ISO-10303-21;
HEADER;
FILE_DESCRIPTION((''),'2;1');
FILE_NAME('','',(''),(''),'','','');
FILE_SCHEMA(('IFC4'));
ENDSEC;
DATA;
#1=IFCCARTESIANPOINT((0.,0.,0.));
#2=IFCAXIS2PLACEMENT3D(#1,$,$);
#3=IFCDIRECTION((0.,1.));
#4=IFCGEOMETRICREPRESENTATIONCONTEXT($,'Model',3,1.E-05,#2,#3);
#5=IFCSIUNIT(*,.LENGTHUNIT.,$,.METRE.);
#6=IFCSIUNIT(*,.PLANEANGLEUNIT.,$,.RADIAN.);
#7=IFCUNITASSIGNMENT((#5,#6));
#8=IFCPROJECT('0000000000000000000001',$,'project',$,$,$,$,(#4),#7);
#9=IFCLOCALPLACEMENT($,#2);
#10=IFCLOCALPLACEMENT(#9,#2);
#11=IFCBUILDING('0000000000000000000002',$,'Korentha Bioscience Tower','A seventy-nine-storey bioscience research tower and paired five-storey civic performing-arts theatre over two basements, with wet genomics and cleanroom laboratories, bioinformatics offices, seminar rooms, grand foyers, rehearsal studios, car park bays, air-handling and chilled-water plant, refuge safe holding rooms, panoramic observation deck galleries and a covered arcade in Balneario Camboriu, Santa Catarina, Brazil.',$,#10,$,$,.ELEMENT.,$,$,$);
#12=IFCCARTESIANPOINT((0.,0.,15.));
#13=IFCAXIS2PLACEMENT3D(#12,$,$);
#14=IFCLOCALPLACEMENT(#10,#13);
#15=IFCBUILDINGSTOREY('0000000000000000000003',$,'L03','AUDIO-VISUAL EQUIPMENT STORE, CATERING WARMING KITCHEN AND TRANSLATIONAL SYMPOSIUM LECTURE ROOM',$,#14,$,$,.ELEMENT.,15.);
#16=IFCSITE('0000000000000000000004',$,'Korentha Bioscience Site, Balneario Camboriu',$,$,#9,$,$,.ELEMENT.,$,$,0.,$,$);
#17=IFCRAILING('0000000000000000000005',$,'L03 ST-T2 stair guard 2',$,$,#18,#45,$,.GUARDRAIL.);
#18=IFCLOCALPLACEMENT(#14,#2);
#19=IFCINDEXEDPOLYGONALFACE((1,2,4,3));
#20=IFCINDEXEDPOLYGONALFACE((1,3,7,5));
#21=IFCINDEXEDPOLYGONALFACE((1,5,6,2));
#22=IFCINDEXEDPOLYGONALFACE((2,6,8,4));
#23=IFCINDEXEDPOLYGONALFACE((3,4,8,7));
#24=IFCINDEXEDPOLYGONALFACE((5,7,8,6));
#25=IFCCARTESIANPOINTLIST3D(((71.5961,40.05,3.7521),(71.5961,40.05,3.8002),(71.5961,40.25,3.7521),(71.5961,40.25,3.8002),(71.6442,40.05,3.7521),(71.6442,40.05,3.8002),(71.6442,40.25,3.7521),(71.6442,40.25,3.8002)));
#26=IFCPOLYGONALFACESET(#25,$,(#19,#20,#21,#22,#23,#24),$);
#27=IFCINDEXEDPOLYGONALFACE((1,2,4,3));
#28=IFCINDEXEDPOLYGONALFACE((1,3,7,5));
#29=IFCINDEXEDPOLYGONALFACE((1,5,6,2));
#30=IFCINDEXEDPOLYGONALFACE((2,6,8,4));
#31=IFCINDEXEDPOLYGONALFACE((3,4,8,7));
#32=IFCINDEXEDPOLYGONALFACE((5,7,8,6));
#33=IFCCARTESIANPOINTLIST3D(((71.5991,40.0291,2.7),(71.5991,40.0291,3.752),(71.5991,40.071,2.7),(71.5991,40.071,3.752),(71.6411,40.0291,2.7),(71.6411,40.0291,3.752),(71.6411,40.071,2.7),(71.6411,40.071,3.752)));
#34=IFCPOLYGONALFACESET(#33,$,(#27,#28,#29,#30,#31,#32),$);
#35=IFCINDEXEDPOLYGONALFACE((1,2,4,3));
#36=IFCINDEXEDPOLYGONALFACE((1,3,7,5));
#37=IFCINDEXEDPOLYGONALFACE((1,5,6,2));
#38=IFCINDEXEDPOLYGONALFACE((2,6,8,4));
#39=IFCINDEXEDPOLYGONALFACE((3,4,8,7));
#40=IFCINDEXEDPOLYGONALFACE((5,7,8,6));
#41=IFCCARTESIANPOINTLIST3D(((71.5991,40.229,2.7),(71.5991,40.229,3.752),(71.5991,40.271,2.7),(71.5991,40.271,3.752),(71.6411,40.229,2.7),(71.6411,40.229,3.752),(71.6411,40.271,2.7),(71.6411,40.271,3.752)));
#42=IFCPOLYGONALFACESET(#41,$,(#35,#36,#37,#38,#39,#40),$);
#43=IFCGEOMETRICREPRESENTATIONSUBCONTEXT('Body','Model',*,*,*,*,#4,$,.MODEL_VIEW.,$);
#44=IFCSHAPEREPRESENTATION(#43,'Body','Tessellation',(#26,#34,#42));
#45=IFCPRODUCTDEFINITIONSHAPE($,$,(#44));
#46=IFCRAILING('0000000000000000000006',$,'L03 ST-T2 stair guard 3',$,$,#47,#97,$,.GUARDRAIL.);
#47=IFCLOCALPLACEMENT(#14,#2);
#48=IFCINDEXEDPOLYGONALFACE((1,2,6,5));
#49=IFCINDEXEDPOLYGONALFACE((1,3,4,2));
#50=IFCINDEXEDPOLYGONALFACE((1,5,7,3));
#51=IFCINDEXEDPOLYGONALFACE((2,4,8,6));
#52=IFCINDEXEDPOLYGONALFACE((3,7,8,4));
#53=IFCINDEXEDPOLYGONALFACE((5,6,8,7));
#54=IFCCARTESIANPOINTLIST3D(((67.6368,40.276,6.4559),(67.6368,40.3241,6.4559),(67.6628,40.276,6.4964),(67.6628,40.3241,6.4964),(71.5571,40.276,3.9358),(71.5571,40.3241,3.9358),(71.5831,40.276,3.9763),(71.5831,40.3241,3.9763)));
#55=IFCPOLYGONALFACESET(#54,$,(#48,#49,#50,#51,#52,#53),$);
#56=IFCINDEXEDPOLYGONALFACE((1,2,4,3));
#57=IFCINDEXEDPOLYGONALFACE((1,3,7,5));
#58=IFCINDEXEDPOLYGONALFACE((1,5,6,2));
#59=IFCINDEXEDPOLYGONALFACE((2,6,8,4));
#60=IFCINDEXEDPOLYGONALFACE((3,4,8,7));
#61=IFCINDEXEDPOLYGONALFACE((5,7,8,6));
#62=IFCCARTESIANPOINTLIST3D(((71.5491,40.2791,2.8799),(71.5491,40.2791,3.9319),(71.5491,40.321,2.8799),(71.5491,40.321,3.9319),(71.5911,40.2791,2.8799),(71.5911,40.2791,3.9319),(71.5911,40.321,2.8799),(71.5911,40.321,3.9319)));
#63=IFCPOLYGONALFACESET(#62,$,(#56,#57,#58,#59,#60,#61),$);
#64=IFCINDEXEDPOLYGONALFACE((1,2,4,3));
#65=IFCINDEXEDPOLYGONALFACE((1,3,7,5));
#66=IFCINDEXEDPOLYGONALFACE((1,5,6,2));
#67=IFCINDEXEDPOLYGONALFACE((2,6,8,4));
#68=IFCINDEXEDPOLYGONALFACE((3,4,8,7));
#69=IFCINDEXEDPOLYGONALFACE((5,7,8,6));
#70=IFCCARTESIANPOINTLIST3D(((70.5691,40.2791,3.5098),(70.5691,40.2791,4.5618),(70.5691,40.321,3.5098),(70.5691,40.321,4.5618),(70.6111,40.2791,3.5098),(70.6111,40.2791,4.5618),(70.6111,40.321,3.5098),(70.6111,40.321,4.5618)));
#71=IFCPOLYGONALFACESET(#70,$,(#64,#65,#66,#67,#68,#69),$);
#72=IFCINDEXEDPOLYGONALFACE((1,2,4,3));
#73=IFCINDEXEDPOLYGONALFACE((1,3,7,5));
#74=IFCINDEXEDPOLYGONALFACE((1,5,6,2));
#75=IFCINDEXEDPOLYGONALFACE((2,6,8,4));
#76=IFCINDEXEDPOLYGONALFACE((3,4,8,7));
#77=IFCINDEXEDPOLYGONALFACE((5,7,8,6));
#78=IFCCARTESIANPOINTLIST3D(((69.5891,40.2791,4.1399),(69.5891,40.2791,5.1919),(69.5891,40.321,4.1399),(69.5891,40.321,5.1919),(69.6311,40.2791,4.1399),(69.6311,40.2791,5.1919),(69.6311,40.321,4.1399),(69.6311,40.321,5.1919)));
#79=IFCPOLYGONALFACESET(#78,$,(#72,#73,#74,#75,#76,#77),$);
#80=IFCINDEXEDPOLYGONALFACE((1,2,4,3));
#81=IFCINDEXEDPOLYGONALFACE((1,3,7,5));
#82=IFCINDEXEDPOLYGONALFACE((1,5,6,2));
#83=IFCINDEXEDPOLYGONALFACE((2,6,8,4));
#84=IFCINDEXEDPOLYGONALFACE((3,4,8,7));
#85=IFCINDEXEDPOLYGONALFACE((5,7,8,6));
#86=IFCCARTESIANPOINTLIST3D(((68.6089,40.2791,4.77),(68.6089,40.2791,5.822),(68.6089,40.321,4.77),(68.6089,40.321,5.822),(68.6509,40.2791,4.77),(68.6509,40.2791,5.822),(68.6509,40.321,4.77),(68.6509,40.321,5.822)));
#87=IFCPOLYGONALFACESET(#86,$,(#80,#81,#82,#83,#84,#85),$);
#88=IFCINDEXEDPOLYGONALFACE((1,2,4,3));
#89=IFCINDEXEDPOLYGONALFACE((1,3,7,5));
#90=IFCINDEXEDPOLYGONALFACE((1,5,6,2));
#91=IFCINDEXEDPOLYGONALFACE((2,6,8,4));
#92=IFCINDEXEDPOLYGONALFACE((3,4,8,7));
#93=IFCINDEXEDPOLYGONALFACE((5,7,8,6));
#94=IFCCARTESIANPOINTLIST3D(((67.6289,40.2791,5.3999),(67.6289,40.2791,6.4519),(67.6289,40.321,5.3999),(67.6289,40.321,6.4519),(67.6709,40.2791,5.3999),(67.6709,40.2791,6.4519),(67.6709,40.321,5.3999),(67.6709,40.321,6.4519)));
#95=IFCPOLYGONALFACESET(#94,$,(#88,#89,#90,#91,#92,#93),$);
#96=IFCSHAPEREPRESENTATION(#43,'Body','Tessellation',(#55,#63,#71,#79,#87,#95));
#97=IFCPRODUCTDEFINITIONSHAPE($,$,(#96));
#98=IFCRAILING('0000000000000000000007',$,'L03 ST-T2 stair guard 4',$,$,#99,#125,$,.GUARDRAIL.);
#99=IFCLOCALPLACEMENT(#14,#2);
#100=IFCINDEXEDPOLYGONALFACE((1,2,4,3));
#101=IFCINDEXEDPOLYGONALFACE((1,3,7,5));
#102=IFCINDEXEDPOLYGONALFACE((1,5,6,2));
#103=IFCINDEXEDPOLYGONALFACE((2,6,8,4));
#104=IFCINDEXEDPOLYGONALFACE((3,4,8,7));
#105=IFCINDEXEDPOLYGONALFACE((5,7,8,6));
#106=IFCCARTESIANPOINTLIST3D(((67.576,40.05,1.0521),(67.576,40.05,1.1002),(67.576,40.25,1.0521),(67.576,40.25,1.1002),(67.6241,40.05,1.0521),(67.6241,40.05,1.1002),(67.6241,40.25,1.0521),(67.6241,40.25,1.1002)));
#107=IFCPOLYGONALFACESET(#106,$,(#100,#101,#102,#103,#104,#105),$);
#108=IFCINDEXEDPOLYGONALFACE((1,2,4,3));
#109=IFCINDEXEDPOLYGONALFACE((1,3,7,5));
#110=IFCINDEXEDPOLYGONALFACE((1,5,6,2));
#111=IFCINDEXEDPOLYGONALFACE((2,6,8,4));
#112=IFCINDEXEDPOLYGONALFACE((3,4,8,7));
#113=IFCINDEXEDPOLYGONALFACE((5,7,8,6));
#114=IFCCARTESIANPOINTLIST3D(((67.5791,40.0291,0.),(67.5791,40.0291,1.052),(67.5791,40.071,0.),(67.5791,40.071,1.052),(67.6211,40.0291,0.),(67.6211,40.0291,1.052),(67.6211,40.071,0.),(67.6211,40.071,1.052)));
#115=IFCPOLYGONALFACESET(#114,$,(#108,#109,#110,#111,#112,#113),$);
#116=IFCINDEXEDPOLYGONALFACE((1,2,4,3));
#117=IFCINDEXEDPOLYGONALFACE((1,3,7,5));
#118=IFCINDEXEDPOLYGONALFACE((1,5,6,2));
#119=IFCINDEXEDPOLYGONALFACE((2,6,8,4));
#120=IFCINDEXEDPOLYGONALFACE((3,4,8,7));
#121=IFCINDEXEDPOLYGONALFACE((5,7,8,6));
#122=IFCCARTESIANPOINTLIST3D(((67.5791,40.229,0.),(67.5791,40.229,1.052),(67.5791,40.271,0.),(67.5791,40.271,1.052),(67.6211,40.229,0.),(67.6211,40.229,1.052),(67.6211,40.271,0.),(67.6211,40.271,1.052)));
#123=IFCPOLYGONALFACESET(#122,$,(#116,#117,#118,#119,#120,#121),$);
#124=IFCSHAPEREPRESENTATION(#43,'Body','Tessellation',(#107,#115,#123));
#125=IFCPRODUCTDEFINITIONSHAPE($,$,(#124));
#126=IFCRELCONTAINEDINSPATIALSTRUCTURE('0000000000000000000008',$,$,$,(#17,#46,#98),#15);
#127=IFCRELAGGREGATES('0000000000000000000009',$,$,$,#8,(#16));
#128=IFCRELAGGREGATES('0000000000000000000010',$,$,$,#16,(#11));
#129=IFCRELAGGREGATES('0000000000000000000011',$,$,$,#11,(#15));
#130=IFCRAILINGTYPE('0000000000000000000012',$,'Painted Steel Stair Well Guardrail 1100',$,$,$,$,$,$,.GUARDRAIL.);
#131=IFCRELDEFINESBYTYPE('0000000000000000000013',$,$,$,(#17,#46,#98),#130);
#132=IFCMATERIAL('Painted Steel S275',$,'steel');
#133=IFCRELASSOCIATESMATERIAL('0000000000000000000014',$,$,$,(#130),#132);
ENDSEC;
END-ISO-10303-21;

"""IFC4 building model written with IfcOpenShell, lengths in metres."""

from ifc_helpers import new_model, si_unit, direction, frame, origin, origin_2d, place, context, subcontext, project, spatial, rectangle, extrude, material, type_object, element, save


model = new_model("IFC4")

# Units and contexts
model_context = context("Model", 3, precision=1e-05, world=origin(), true_north=direction((0.0, 1.0)))
body_context = subcontext(model_context, "Body", "Model", "MODEL_VIEW")
ifc_project = project(units=[si_unit("LENGTHUNIT", "METRE"), si_unit("PLANEANGLEUNIT", "RADIAN")], contexts=[model_context])

# Site, building, storey
site_placement = place(None, origin())
site = spatial("IfcSite", under=ifc_project, at=site_placement, Name="Korentha Bioscience Site, Balneario Camboriu", CompositionType="ELEMENT", RefElevation=0.0)
building_placement = place(site_placement, origin())
building = spatial("IfcBuilding", under=site, at=building_placement, Name="Korentha Bioscience Tower", Description="A seventy-nine-storey bioscience research tower and paired five-storey civic performing-arts theatre over two basements, with wet genomics and cleanroom laboratories, bioinformatics offices, seminar rooms, grand foyers, rehearsal studios, car park bays, air-handling and chilled-water plant, refuge safe holding rooms, panoramic observation deck galleries and a covered arcade in Balneario Camboriu, Santa Catarina, Brazil.", CompositionType="ELEMENT")
storey_placement = place(building_placement, frame((0.0, 0.0, 15.0)))
storey = spatial("IfcBuildingStorey", under=building, at=storey_placement, Name="L03", Description="AUDIO-VISUAL EQUIPMENT STORE, CATERING WARMING KITCHEN AND TRANSLATIONAL SYMPOSIUM LECTURE ROOM", CompositionType="ELEMENT", Elevation=15.0)

# Railings
ifc_material_1 = material(Name="Painted Steel S275", Category="steel")
railing_type_1 = type_object("IfcRailingType", Name="Painted Steel Stair Well Guardrail 1100", PredefinedType="GUARDRAIL", material=ifc_material_1)
railing_1_placement = place(storey_placement, frame((71.6201, 40.05, 2.7)))
element("IfcRailing", 1, at=railing_1_placement, inside=storey, type_object=railing_type_1, Name="L03 ST-T2 stair guard 2", PredefinedType="GUARDRAIL", context=body_context, shape_type="SweptSolid", body=[
    extrude(rectangle(XDim=0.0481, YDim=0.0481, at=origin_2d()), frame((0.0, 0.0, 1.0762), z_axis=(0.0, 1.0, 0.0), x_axis=(-1.0, 0.0, 0.0)), (0.0, 0.0, 1.0), 0.2),
    extrude(rectangle(XDim=0.042, YDim=0.042, at=origin_2d()), origin(), (0.0, 0.0, 1.0), 1.052),
    extrude(rectangle(XDim=0.042, YDim=0.042, at=origin_2d()), frame((0.0, 0.2, 0.0)), (0.0, 0.0, 1.0), 1.052),
])
railing_2_placement = place(storey_placement, frame((71.5701, 40.3, 2.8799)))
element("IfcRailing", 2, at=railing_2_placement, inside=storey, type_object=railing_type_1, Name="L03 ST-T2 stair guard 3", PredefinedType="GUARDRAIL", context=body_context, shape_type="SweptSolid", body=[
    extrude(rectangle(XDim=0.0481, YDim=0.0481, at=origin_2d()), frame((0.0, 0.0, 1.0762), z_axis=(-0.841187, 0.0, 0.540744), x_axis=(0.0, -1.0, 0.0)), (0.0, 0.0, 1.0), 4.6604),
    extrude(rectangle(XDim=0.042, YDim=0.042, at=origin_2d()), origin(), (0.0, 0.0, 1.0), 1.052),
    extrude(rectangle(XDim=0.042, YDim=0.042, at=origin_2d()), frame((-0.98, 0.0, 0.6299)), (0.0, 0.0, 1.0), 1.052),
    extrude(rectangle(XDim=0.042, YDim=0.042, at=origin_2d()), frame((-1.96, 0.0, 1.26)), (0.0, 0.0, 1.0), 1.052),
    extrude(rectangle(XDim=0.042, YDim=0.042, at=origin_2d()), frame((-2.9402, 0.0, 1.8901)), (0.0, 0.0, 1.0), 1.052),
    extrude(rectangle(XDim=0.042, YDim=0.042, at=origin_2d()), frame((-3.9202, 0.0, 2.52)), (0.0, 0.0, 1.0), 1.052),
])
railing_3_placement = place(storey_placement, frame((67.6001, 40.05, 0.0)))
element("IfcRailing", 3, at=railing_3_placement, inside=storey, type_object=railing_type_1, Name="L03 ST-T2 stair guard 4", PredefinedType="GUARDRAIL", context=body_context, shape_type="SweptSolid", body=[
    extrude(rectangle(XDim=0.0481, YDim=0.0481, at=origin_2d()), frame((0.0, 0.0, 1.0762), z_axis=(0.0, 1.0, 0.0), x_axis=(-1.0, 0.0, 0.0)), (0.0, 0.0, 1.0), 0.2),
    extrude(rectangle(XDim=0.042, YDim=0.042, at=origin_2d()), origin(), (0.0, 0.0, 1.0), 1.052),
    extrude(rectangle(XDim=0.042, YDim=0.042, at=origin_2d()), frame((0.0, 0.2, 0.0)), (0.0, 0.0, 1.0), 1.052),
])

save(model, "model.ifc")
